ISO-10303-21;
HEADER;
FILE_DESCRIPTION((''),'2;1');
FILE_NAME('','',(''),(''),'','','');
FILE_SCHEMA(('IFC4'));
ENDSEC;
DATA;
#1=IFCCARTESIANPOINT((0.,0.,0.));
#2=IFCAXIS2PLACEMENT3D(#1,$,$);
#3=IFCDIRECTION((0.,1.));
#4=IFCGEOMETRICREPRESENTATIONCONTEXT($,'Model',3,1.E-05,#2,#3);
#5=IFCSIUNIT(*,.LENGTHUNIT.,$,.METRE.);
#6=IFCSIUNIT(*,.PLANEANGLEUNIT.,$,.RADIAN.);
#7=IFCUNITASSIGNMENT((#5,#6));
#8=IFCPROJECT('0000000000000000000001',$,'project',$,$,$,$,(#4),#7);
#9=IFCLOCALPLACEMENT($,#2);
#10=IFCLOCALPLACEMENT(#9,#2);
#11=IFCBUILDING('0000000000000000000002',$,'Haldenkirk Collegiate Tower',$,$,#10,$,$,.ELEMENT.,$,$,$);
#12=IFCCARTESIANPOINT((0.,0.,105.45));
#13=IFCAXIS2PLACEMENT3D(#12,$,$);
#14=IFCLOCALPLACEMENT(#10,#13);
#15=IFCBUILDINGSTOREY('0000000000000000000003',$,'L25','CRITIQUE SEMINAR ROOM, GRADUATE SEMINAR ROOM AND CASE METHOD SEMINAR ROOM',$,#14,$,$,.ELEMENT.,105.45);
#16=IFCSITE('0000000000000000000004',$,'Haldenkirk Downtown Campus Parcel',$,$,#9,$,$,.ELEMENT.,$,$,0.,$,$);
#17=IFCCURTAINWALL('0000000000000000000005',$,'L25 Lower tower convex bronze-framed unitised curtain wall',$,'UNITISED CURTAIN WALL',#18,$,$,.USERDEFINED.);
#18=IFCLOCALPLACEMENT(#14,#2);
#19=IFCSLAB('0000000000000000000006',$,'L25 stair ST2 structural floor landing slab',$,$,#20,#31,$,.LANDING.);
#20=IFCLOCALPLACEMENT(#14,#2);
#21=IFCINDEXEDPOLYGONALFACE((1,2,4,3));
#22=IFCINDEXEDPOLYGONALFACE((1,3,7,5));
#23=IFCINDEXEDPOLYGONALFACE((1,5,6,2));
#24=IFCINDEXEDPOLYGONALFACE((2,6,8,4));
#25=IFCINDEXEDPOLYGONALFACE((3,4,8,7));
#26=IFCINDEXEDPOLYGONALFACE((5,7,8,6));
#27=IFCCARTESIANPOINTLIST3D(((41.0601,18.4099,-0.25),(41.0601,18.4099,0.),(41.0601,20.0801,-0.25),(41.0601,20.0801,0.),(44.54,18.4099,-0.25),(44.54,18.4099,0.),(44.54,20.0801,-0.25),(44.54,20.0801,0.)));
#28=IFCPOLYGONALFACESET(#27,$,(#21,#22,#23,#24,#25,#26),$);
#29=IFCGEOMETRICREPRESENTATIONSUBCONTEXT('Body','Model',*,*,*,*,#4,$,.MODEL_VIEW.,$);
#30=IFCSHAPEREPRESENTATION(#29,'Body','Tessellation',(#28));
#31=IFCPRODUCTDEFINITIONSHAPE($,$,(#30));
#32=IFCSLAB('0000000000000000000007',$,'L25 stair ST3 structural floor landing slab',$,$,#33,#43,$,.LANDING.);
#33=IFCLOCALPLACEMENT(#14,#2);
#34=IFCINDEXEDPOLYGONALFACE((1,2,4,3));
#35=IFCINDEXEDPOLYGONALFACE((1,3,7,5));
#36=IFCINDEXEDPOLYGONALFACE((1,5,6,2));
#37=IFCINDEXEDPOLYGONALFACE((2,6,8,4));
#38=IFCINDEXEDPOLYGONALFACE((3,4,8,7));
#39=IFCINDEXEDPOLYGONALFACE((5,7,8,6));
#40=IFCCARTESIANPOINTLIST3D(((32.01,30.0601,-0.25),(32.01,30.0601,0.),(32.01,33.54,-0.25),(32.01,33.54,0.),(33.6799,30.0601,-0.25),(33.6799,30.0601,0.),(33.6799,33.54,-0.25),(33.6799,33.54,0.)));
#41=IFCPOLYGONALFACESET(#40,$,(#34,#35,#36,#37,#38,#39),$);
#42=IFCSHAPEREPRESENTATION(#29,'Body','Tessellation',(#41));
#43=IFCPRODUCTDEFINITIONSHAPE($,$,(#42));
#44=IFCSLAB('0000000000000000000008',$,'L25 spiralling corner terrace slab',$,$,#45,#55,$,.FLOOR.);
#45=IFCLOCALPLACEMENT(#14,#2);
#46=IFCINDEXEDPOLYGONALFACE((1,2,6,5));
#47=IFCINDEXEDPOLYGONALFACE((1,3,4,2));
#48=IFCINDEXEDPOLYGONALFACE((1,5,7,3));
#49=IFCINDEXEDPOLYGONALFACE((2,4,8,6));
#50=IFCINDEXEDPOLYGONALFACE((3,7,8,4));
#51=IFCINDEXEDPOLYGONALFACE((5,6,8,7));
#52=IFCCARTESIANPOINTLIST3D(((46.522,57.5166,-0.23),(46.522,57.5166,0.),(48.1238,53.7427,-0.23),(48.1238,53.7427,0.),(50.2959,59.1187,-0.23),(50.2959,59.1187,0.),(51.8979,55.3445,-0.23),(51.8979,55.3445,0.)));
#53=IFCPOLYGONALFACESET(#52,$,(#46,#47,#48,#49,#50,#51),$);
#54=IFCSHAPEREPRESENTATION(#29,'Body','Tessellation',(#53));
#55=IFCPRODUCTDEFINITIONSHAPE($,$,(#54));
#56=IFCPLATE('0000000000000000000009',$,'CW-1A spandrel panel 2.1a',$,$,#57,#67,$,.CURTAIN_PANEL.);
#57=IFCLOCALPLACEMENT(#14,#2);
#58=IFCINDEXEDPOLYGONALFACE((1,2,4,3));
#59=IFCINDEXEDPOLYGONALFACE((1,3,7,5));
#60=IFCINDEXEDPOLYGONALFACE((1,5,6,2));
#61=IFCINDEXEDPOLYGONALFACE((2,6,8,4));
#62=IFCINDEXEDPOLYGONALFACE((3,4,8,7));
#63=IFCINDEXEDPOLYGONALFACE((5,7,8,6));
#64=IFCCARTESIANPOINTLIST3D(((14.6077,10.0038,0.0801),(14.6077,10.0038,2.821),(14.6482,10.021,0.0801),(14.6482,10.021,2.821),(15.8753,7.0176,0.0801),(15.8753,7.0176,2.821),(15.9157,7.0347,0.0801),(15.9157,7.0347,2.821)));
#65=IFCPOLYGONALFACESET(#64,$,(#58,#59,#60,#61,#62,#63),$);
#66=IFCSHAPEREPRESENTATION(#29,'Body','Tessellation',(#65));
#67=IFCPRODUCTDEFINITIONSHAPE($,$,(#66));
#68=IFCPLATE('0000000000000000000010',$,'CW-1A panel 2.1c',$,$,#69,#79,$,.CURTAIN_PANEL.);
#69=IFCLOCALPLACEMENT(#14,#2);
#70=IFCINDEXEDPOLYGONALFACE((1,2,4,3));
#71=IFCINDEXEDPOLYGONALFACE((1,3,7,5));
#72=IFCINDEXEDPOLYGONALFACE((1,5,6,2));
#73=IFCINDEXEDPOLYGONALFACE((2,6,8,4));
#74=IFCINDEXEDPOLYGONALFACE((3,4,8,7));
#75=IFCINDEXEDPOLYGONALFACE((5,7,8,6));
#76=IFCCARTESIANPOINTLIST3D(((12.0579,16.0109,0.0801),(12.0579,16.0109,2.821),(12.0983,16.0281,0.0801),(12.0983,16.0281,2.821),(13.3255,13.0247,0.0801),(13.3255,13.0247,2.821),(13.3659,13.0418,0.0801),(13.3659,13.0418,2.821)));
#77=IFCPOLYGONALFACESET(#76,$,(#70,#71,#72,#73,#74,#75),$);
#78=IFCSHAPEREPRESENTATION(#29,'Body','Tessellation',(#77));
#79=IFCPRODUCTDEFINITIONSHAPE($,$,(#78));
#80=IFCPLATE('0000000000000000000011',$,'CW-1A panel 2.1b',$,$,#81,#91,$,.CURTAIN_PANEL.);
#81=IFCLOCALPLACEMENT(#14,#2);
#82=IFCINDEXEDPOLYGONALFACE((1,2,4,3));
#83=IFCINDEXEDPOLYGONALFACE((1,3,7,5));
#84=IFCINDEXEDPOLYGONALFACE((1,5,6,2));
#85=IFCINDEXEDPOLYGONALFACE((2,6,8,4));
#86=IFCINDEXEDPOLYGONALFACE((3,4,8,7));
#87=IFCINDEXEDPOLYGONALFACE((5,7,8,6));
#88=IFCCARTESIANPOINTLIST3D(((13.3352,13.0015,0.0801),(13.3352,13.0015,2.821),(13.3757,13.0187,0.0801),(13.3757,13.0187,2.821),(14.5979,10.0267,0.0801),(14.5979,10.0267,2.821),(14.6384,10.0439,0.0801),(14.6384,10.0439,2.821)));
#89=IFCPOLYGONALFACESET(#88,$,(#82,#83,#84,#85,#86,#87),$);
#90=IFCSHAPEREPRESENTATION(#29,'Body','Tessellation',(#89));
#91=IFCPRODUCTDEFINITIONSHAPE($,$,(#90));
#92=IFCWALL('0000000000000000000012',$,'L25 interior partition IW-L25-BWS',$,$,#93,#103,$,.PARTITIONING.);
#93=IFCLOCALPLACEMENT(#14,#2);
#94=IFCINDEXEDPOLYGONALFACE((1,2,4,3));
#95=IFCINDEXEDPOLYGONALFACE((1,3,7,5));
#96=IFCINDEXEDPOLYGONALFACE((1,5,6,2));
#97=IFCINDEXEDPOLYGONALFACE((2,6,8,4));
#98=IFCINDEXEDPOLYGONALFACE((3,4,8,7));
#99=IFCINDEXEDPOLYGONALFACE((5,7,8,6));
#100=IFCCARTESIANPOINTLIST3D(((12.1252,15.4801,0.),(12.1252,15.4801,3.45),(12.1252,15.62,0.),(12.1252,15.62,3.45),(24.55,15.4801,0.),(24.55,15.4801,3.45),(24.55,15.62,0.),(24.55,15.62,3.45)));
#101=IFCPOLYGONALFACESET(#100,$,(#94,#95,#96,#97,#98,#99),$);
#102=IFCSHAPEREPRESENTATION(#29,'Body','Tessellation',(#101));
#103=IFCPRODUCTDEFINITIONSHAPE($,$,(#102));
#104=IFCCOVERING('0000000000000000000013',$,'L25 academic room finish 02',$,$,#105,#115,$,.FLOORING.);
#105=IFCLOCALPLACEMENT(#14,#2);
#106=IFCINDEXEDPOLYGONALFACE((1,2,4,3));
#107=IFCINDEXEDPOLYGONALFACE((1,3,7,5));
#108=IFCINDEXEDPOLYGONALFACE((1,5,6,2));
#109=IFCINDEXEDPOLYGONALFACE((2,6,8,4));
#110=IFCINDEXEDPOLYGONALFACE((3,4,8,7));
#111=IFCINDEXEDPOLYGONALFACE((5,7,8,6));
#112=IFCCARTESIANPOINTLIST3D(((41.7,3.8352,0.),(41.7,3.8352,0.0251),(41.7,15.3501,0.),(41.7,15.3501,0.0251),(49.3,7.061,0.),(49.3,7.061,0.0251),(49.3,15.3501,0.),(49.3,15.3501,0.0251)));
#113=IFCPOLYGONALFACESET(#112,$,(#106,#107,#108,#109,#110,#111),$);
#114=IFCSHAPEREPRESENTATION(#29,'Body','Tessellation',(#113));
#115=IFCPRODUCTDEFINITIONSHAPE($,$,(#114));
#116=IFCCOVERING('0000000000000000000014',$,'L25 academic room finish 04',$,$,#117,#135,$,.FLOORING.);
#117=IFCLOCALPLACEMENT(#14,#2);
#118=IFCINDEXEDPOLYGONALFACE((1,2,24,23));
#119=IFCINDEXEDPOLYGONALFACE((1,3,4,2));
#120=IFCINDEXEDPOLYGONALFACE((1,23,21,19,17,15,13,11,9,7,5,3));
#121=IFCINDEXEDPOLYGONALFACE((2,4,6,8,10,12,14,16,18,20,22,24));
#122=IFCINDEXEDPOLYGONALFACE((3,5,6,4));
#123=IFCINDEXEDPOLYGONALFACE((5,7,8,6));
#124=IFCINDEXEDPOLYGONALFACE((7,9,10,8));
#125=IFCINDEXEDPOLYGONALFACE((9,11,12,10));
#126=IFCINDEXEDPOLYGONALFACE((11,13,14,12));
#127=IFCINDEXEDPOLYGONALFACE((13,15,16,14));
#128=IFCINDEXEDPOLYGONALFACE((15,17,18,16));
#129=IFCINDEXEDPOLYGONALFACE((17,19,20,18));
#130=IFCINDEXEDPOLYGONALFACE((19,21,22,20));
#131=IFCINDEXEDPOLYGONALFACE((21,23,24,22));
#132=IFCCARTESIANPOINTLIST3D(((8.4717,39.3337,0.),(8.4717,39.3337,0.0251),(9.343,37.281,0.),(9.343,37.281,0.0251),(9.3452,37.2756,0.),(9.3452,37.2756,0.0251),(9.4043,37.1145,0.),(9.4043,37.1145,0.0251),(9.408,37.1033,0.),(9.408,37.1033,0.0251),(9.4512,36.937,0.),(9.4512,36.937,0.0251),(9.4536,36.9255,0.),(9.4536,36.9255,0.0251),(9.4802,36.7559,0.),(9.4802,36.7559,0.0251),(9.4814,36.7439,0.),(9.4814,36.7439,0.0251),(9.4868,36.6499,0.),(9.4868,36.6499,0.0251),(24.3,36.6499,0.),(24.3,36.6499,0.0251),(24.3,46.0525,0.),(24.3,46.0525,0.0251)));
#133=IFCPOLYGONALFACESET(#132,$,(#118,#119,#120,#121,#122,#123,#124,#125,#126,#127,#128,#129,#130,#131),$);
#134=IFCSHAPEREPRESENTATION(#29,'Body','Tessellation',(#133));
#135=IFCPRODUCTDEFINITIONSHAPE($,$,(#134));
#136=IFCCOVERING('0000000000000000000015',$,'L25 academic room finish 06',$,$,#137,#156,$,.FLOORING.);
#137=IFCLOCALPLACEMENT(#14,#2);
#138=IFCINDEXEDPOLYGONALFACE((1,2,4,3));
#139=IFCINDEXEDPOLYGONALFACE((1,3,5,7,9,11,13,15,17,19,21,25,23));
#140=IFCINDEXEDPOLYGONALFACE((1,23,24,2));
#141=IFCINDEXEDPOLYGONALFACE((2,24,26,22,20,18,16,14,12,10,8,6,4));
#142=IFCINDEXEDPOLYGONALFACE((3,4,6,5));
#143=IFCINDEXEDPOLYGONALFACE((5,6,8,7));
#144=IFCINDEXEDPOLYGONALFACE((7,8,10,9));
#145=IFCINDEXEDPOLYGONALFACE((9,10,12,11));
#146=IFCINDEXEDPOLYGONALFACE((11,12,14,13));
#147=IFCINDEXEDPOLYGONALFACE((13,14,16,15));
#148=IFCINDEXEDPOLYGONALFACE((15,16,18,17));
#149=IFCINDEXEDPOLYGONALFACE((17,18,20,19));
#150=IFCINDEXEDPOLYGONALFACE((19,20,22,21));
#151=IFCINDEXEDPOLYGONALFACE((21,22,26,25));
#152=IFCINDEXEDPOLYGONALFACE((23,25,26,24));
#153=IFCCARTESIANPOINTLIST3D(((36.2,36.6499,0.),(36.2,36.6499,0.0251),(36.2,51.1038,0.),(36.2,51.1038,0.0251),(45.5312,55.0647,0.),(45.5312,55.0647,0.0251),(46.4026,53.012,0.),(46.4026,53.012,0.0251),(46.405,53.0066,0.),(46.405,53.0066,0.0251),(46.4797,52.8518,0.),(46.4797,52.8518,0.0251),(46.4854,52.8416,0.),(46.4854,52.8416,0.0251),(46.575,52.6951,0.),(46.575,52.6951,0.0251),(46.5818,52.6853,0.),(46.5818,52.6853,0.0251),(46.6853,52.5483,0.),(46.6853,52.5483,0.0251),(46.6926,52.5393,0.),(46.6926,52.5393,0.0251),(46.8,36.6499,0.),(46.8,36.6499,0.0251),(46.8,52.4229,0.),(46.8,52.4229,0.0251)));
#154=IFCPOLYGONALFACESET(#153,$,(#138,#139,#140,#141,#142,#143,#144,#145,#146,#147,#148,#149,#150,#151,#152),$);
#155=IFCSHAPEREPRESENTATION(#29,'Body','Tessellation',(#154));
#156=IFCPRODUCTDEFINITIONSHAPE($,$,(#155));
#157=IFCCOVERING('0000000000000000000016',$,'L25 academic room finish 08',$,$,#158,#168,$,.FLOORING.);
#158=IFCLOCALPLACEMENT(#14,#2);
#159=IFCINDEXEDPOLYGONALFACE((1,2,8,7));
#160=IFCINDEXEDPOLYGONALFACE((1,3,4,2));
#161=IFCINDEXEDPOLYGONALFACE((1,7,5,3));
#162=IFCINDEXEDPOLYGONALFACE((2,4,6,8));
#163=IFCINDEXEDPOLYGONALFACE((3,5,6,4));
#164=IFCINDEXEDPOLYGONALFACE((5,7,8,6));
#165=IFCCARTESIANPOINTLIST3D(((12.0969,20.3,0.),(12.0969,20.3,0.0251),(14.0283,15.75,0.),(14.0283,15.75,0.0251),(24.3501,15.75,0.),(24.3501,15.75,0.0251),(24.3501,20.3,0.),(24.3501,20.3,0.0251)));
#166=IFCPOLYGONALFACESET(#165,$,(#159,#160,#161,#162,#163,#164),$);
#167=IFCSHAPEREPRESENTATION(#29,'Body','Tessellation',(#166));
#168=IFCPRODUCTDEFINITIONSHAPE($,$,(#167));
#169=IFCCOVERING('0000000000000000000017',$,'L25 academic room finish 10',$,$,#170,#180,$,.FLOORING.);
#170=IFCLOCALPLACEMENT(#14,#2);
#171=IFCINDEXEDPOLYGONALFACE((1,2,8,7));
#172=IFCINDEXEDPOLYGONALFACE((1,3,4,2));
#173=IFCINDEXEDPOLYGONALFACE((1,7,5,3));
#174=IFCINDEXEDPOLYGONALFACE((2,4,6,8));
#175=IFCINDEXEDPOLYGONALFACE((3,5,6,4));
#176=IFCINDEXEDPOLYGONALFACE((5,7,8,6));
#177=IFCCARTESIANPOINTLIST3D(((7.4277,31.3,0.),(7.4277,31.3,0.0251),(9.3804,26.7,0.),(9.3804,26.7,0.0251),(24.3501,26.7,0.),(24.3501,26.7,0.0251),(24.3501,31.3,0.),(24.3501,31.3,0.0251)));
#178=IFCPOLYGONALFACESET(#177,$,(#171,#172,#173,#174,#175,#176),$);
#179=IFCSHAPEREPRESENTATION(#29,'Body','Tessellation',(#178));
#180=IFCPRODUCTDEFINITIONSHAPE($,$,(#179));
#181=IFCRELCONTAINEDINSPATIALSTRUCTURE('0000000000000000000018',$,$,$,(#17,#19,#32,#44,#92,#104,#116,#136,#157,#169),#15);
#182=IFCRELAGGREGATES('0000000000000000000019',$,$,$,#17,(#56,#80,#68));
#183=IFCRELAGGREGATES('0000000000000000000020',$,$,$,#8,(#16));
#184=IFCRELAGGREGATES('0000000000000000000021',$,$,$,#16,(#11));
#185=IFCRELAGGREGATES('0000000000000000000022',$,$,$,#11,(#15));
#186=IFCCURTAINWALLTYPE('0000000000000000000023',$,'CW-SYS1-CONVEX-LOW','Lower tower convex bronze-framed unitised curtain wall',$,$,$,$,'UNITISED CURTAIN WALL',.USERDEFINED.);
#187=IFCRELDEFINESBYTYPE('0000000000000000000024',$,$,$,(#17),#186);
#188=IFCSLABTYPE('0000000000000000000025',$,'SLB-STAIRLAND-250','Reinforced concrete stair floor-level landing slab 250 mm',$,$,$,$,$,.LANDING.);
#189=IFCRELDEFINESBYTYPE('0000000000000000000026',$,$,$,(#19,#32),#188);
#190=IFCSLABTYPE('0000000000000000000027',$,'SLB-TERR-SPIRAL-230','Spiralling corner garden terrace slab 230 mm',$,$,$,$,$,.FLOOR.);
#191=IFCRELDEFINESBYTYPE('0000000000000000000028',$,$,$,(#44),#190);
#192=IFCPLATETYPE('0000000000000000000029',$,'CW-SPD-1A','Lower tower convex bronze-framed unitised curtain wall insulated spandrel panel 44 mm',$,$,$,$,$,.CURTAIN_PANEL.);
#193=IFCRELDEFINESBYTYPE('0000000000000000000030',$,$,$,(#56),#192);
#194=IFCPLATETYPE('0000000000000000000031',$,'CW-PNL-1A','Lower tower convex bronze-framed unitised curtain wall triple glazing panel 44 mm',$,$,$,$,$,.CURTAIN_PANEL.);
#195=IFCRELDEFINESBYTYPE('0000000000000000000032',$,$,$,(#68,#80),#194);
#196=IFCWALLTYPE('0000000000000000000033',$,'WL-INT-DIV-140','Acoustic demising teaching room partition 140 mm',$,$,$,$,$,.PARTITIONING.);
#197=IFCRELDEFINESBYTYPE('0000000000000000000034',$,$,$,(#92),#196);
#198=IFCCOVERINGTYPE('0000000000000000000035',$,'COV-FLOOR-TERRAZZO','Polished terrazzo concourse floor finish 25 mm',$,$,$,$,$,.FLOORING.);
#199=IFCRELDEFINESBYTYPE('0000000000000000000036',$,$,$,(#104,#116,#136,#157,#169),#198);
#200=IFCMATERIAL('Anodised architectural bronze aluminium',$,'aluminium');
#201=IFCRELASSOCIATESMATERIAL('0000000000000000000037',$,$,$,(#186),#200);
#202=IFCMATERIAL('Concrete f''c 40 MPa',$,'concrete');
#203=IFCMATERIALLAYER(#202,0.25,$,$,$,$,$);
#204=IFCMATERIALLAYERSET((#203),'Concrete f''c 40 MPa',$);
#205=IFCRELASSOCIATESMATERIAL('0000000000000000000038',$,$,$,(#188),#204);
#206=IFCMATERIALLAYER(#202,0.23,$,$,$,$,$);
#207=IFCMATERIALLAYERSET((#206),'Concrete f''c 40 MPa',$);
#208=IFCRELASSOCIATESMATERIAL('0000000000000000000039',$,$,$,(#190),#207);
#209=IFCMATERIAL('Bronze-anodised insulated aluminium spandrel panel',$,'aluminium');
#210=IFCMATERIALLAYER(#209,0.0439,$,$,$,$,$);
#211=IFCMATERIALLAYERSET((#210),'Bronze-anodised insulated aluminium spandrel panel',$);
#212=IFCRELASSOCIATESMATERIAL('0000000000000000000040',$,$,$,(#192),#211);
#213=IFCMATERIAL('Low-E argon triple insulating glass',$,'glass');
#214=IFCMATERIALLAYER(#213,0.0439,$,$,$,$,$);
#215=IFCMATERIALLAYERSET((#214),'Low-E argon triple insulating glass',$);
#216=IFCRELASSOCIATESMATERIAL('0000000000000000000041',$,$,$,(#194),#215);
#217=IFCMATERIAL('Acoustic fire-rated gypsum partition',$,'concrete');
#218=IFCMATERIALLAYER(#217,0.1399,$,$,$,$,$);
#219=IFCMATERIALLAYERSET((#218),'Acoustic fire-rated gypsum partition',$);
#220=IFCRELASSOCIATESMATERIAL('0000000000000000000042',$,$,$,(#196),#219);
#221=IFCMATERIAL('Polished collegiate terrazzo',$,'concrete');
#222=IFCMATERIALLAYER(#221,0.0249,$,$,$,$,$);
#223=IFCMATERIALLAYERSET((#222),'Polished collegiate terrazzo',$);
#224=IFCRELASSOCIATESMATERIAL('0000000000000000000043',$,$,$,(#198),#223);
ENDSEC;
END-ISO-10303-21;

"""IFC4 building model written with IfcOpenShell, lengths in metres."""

from ifc_helpers import new_model, si_unit, direction, frame, frame_2d, origin, origin_2d, place, context, subcontext, project, spatial, polyline, rectangle, outline, extrude, source, transform, mapped, material, layer, layer_set, type_object, element, aggregate, save


model = new_model("IFC4")

# Units and contexts
model_context = context("Model", 3, precision=1e-05, world=origin(), true_north=direction((0.0, 1.0)))
body_context = subcontext(model_context, "Body", "Model", "MODEL_VIEW")
ifc_project = project(units=[si_unit("LENGTHUNIT", "METRE"), si_unit("PLANEANGLEUNIT", "RADIAN")], contexts=[model_context])

# Site, building, storey
site_placement = place(None, origin())
site = spatial("IfcSite", under=ifc_project, at=site_placement, Name="Haldenkirk Downtown Campus Parcel", CompositionType="ELEMENT", RefElevation=0.0)
building_placement = place(site_placement, origin())
building = spatial("IfcBuilding", under=site, at=building_placement, Name="Haldenkirk Collegiate Tower", CompositionType="ELEMENT")
storey_placement = place(building_placement, frame((0.0, 0.0, 105.45)))
storey = spatial("IfcBuildingStorey", under=building, at=storey_placement, Name="L25", Description="CRITIQUE SEMINAR ROOM, GRADUATE SEMINAR ROOM AND CASE METHOD SEMINAR ROOM", CompositionType="ELEMENT", Elevation=105.45)

# Curtain wall
ifc_material_1 = material(Name="Anodised architectural bronze aluminium", Category="aluminium")
curtain_wall_type = type_object("IfcCurtainWallType", Name="CW-SYS1-CONVEX-LOW", Description="Lower tower convex bronze-framed unitised curtain wall", ElementType="UNITISED CURTAIN WALL", PredefinedType="USERDEFINED", material=ifc_material_1)
curtain_wall_placement = place(storey_placement, origin())
curtain_wall = element("IfcCurtainWall", 1, at=curtain_wall_placement, inside=storey, type_object=curtain_wall_type, Name="L25 Lower tower convex bronze-framed unitised curtain wall", ObjectType="UNITISED CURTAIN WALL", PredefinedType="USERDEFINED")

# Shared definitions
ifc_material_2 = material(Name="Concrete f'c 40 MPa", Category="concrete")

# Slabs
ifc_layer_1 = layer(ifc_material_2, 0.25)
ifc_layer_set_1 = layer_set([ifc_layer_1], Name="Concrete f'c 40 MPa")
slab_type_1 = type_object("IfcSlabType", Name="SLB-STAIRLAND-250", Description="Reinforced concrete stair floor-level landing slab 250 mm", PredefinedType="LANDING", material=ifc_layer_set_1)
slab_1_placement = place(storey_placement, frame((0.0, 0.0, -0.25)))
element("IfcSlab", 2, at=slab_1_placement, inside=storey, type_object=slab_type_1, Name="L25 stair ST2 structural floor landing slab", PredefinedType="LANDING", context=body_context, shape_type="SweptSolid", body=[
    extrude(outline(polyline([(41.0601, 18.4099), (44.54, 18.4099), (44.54, 20.0801), (41.0601, 20.0801), (41.0601, 18.4099)])), origin(), (0.0, 0.0, 1.0), 0.25),
])
slab_2_placement = place(storey_placement, frame((0.0, 0.0, -0.25)))
element("IfcSlab", 3, at=slab_2_placement, inside=storey, type_object=slab_type_1, Name="L25 stair ST3 structural floor landing slab", PredefinedType="LANDING", context=body_context, shape_type="SweptSolid", body=[
    extrude(outline(polyline([(32.01, 30.0601), (33.6799, 30.0601), (33.6799, 33.54), (32.01, 33.54), (32.01, 30.0601)])), origin(), (0.0, 0.0, 1.0), 0.25),
])
ifc_layer_2 = layer(ifc_material_2, 0.23)
ifc_layer_set_2 = layer_set([ifc_layer_2], Name="Concrete f'c 40 MPa")
slab_type_2 = type_object("IfcSlabType", Name="SLB-TERR-SPIRAL-230", Description="Spiralling corner garden terrace slab 230 mm", PredefinedType="FLOOR", material=ifc_layer_set_2)
slab_3_placement = place(storey_placement, frame((0.0, 0.0, -0.23)))
element("IfcSlab", 4, at=slab_3_placement, inside=storey, type_object=slab_type_2, Name="L25 spiralling corner terrace slab", PredefinedType="FLOOR", context=body_context, shape_type="SweptSolid", body=[
    extrude(outline(polyline([(48.1238, 53.7427), (51.8979, 55.3445), (50.2959, 59.1187), (46.522, 57.5166), (48.1238, 53.7427)])), origin(), (0.0, 0.0, 1.0), 0.23),
])

# Plates
ifc_material_3 = material(Name="Bronze-anodised insulated aluminium spandrel panel", Category="aluminium")
ifc_layer_3 = layer(ifc_material_3, 0.0439)
ifc_layer_set_3 = layer_set([ifc_layer_3], Name="Bronze-anodised insulated aluminium spandrel panel")
plate_type_1 = type_object("IfcPlateType", Name="CW-SPD-1A", Description="Lower tower convex bronze-framed unitised curtain wall insulated spandrel panel 44 mm", PredefinedType="CURTAIN_PANEL", material=ifc_layer_set_3)
shared_shape_1 = source(origin(), body_context, "Body", "SweptSolid", [
    extrude(rectangle(XDim=3.2441, YDim=0.0439, at=origin_2d()), origin(), (0.0, 0.0, 1.0), 2.741),
])
plate_1_placement = place(storey_placement, frame((15.2617, 8.5193, 0.0801), z_axis=(0.0, 0.0, 1.0), x_axis=(-0.39073, 0.920505, 0.0)))
plate_1 = element("IfcPlate", 5, at=plate_1_placement, type_object=plate_type_1, Name="CW-1A spandrel panel 2.1a", PredefinedType="CURTAIN_PANEL", context=body_context, shape_type="MappedRepresentation", body=[
    mapped(shared_shape_1, transform((0.0, 0.0, 0.0), x_axis=(1.0, 0.0, 0.0), y_axis=(0.0, 1.0, 0.0), z_axis=(0.0, 0.0, 1.0), scale=1.0)),
])
ifc_material_4 = material(Name="Low-E argon triple insulating glass", Category="glass")
ifc_layer_4 = layer(ifc_material_4, 0.0439)
ifc_layer_set_4 = layer_set([ifc_layer_4], Name="Low-E argon triple insulating glass")
plate_type_2 = type_object("IfcPlateType", Name="CW-PNL-1A", Description="Lower tower convex bronze-framed unitised curtain wall triple glazing panel 44 mm", PredefinedType="CURTAIN_PANEL", material=ifc_layer_set_4)
plate_2_placement = place(storey_placement, frame((12.7119, 14.5264, 0.0801), z_axis=(0.0, 0.0, 1.0), x_axis=(-0.39073, 0.920505, 0.0)))
plate_2 = element("IfcPlate", 6, at=plate_2_placement, type_object=plate_type_2, Name="CW-1A panel 2.1c", PredefinedType="CURTAIN_PANEL", context=body_context, shape_type="MappedRepresentation", body=[
    mapped(shared_shape_1, transform((0.0, 0.0, 0.0), x_axis=(1.0, 0.0, 0.0), y_axis=(0.0, 1.0, 0.0), z_axis=(0.0, 0.0, 1.0), scale=1.0)),
])
shared_shape_2 = source(origin(), body_context, "Body", "SweptSolid", [
    extrude(rectangle(XDim=3.2317, YDim=0.0439, at=origin_2d()), origin(), (0.0, 0.0, 1.0), 2.741),
])
plate_3_placement = place(storey_placement, frame((13.9868, 11.5227, 0.0801), z_axis=(0.0, 0.0, 1.0), x_axis=(-0.39073, 0.920505, 0.0)))
plate_3 = element("IfcPlate", 7, at=plate_3_placement, type_object=plate_type_2, Name="CW-1A panel 2.1b", PredefinedType="CURTAIN_PANEL", context=body_context, shape_type="MappedRepresentation", body=[
    mapped(shared_shape_2, transform((0.0, 0.0, 0.0), x_axis=(1.0, 0.0, 0.0), y_axis=(0.0, 1.0, 0.0), z_axis=(0.0, 0.0, 1.0), scale=1.0)),
])
aggregate(curtain_wall, [plate_1, plate_3, plate_2])

# Wall
ifc_material_5 = material(Name="Acoustic fire-rated gypsum partition", Category="concrete")
ifc_layer_5 = layer(ifc_material_5, 0.1399)
ifc_layer_set_5 = layer_set([ifc_layer_5], Name="Acoustic fire-rated gypsum partition")
wall_type = type_object("IfcWallType", Name="WL-INT-DIV-140", Description="Acoustic demising teaching room partition 140 mm", PredefinedType="PARTITIONING", material=ifc_layer_set_5)
wall_placement = place(storey_placement, frame((12.1252, 15.55, 0.0), z_axis=(0.0, 0.0, 1.0), x_axis=(1.0, 0.0, 0.0)))
element("IfcWall", 8, at=wall_placement, inside=storey, type_object=wall_type, Name="L25 interior partition IW-L25-BWS", PredefinedType="PARTITIONING", context=body_context, shape_type="SweptSolid", body=[
    extrude(rectangle(XDim=12.4248, YDim=0.1399, at=frame_2d((6.2124, 0.0))), origin(), (0.0, 0.0, 1.0), 3.45),
])

# Coverings
ifc_material_6 = material(Name="Polished collegiate terrazzo", Category="concrete")
ifc_layer_6 = layer(ifc_material_6, 0.0249)
ifc_layer_set_6 = layer_set([ifc_layer_6], Name="Polished collegiate terrazzo")
covering_type_1 = type_object("IfcCoveringType", Name="COV-FLOOR-TERRAZZO", Description="Polished terrazzo concourse floor finish 25 mm", PredefinedType="FLOORING", material=ifc_layer_set_6)
covering_1_placement = place(storey_placement, origin())
element("IfcCovering", 9, at=covering_1_placement, inside=storey, type_object=covering_type_1, Name="L25 academic room finish 02", PredefinedType="FLOORING", context=body_context, shape_type="SweptSolid", body=[
    extrude(outline(polyline([(41.7, 3.8352), (41.7, 15.3501), (49.3, 15.3501), (49.3, 7.061), (41.7, 3.8352)])), origin(), (0.0, 0.0, 1.0), 0.0251),
])
covering_2_placement = place(storey_placement, origin())
element("IfcCovering", 10, at=covering_2_placement, inside=storey, type_object=covering_type_1, Name="L25 academic room finish 04", PredefinedType="FLOORING", context=body_context, shape_type="SweptSolid", body=[
    extrude(outline(polyline([(9.4814, 36.7439), (9.4802, 36.7559), (9.4536, 36.9255), (9.4512, 36.937), (9.408, 37.1033), (9.4043, 37.1145), (9.3452, 37.2756), (9.343, 37.281), (8.4717, 39.3337), (24.3, 46.0525), (24.3, 36.6499), (9.4868, 36.6499), (9.4814, 36.7439)])), origin(), (0.0, 0.0, 1.0), 0.0251),
])
covering_3_placement = place(storey_placement, origin())
element("IfcCovering", 11, at=covering_3_placement, inside=storey, type_object=covering_type_1, Name="L25 academic room finish 06", PredefinedType="FLOORING", context=body_context, shape_type="SweptSolid", body=[
    extrude(outline(polyline([(45.5312, 55.0647), (46.4026, 53.012), (46.405, 53.0066), (46.4797, 52.8518), (46.4854, 52.8416), (46.575, 52.6951), (46.5818, 52.6853), (46.6853, 52.5483), (46.6926, 52.5393), (46.8, 52.4229), (46.8, 36.6499), (36.2, 36.6499), (36.2, 51.1038), (45.5312, 55.0647)])), origin(), (0.0, 0.0, 1.0), 0.0251),
])
covering_4_placement = place(storey_placement, origin())
element("IfcCovering", 12, at=covering_4_placement, inside=storey, type_object=covering_type_1, Name="L25 academic room finish 08", PredefinedType="FLOORING", context=body_context, shape_type="SweptSolid", body=[
    extrude(outline(polyline([(12.0969, 20.3), (24.3501, 20.3), (24.3501, 15.75), (14.0283, 15.75), (12.0969, 20.3)])), origin(), (0.0, 0.0, 1.0), 0.0251),
])
covering_5_placement = place(storey_placement, origin())
element("IfcCovering", 13, at=covering_5_placement, inside=storey, type_object=covering_type_1, Name="L25 academic room finish 10", PredefinedType="FLOORING", context=body_context, shape_type="SweptSolid", body=[
    extrude(outline(polyline([(7.4277, 31.3), (24.3501, 31.3), (24.3501, 26.7), (9.3804, 26.7), (7.4277, 31.3)])), origin(), (0.0, 0.0, 1.0), 0.0251),
])

save(model, "model.ifc")
